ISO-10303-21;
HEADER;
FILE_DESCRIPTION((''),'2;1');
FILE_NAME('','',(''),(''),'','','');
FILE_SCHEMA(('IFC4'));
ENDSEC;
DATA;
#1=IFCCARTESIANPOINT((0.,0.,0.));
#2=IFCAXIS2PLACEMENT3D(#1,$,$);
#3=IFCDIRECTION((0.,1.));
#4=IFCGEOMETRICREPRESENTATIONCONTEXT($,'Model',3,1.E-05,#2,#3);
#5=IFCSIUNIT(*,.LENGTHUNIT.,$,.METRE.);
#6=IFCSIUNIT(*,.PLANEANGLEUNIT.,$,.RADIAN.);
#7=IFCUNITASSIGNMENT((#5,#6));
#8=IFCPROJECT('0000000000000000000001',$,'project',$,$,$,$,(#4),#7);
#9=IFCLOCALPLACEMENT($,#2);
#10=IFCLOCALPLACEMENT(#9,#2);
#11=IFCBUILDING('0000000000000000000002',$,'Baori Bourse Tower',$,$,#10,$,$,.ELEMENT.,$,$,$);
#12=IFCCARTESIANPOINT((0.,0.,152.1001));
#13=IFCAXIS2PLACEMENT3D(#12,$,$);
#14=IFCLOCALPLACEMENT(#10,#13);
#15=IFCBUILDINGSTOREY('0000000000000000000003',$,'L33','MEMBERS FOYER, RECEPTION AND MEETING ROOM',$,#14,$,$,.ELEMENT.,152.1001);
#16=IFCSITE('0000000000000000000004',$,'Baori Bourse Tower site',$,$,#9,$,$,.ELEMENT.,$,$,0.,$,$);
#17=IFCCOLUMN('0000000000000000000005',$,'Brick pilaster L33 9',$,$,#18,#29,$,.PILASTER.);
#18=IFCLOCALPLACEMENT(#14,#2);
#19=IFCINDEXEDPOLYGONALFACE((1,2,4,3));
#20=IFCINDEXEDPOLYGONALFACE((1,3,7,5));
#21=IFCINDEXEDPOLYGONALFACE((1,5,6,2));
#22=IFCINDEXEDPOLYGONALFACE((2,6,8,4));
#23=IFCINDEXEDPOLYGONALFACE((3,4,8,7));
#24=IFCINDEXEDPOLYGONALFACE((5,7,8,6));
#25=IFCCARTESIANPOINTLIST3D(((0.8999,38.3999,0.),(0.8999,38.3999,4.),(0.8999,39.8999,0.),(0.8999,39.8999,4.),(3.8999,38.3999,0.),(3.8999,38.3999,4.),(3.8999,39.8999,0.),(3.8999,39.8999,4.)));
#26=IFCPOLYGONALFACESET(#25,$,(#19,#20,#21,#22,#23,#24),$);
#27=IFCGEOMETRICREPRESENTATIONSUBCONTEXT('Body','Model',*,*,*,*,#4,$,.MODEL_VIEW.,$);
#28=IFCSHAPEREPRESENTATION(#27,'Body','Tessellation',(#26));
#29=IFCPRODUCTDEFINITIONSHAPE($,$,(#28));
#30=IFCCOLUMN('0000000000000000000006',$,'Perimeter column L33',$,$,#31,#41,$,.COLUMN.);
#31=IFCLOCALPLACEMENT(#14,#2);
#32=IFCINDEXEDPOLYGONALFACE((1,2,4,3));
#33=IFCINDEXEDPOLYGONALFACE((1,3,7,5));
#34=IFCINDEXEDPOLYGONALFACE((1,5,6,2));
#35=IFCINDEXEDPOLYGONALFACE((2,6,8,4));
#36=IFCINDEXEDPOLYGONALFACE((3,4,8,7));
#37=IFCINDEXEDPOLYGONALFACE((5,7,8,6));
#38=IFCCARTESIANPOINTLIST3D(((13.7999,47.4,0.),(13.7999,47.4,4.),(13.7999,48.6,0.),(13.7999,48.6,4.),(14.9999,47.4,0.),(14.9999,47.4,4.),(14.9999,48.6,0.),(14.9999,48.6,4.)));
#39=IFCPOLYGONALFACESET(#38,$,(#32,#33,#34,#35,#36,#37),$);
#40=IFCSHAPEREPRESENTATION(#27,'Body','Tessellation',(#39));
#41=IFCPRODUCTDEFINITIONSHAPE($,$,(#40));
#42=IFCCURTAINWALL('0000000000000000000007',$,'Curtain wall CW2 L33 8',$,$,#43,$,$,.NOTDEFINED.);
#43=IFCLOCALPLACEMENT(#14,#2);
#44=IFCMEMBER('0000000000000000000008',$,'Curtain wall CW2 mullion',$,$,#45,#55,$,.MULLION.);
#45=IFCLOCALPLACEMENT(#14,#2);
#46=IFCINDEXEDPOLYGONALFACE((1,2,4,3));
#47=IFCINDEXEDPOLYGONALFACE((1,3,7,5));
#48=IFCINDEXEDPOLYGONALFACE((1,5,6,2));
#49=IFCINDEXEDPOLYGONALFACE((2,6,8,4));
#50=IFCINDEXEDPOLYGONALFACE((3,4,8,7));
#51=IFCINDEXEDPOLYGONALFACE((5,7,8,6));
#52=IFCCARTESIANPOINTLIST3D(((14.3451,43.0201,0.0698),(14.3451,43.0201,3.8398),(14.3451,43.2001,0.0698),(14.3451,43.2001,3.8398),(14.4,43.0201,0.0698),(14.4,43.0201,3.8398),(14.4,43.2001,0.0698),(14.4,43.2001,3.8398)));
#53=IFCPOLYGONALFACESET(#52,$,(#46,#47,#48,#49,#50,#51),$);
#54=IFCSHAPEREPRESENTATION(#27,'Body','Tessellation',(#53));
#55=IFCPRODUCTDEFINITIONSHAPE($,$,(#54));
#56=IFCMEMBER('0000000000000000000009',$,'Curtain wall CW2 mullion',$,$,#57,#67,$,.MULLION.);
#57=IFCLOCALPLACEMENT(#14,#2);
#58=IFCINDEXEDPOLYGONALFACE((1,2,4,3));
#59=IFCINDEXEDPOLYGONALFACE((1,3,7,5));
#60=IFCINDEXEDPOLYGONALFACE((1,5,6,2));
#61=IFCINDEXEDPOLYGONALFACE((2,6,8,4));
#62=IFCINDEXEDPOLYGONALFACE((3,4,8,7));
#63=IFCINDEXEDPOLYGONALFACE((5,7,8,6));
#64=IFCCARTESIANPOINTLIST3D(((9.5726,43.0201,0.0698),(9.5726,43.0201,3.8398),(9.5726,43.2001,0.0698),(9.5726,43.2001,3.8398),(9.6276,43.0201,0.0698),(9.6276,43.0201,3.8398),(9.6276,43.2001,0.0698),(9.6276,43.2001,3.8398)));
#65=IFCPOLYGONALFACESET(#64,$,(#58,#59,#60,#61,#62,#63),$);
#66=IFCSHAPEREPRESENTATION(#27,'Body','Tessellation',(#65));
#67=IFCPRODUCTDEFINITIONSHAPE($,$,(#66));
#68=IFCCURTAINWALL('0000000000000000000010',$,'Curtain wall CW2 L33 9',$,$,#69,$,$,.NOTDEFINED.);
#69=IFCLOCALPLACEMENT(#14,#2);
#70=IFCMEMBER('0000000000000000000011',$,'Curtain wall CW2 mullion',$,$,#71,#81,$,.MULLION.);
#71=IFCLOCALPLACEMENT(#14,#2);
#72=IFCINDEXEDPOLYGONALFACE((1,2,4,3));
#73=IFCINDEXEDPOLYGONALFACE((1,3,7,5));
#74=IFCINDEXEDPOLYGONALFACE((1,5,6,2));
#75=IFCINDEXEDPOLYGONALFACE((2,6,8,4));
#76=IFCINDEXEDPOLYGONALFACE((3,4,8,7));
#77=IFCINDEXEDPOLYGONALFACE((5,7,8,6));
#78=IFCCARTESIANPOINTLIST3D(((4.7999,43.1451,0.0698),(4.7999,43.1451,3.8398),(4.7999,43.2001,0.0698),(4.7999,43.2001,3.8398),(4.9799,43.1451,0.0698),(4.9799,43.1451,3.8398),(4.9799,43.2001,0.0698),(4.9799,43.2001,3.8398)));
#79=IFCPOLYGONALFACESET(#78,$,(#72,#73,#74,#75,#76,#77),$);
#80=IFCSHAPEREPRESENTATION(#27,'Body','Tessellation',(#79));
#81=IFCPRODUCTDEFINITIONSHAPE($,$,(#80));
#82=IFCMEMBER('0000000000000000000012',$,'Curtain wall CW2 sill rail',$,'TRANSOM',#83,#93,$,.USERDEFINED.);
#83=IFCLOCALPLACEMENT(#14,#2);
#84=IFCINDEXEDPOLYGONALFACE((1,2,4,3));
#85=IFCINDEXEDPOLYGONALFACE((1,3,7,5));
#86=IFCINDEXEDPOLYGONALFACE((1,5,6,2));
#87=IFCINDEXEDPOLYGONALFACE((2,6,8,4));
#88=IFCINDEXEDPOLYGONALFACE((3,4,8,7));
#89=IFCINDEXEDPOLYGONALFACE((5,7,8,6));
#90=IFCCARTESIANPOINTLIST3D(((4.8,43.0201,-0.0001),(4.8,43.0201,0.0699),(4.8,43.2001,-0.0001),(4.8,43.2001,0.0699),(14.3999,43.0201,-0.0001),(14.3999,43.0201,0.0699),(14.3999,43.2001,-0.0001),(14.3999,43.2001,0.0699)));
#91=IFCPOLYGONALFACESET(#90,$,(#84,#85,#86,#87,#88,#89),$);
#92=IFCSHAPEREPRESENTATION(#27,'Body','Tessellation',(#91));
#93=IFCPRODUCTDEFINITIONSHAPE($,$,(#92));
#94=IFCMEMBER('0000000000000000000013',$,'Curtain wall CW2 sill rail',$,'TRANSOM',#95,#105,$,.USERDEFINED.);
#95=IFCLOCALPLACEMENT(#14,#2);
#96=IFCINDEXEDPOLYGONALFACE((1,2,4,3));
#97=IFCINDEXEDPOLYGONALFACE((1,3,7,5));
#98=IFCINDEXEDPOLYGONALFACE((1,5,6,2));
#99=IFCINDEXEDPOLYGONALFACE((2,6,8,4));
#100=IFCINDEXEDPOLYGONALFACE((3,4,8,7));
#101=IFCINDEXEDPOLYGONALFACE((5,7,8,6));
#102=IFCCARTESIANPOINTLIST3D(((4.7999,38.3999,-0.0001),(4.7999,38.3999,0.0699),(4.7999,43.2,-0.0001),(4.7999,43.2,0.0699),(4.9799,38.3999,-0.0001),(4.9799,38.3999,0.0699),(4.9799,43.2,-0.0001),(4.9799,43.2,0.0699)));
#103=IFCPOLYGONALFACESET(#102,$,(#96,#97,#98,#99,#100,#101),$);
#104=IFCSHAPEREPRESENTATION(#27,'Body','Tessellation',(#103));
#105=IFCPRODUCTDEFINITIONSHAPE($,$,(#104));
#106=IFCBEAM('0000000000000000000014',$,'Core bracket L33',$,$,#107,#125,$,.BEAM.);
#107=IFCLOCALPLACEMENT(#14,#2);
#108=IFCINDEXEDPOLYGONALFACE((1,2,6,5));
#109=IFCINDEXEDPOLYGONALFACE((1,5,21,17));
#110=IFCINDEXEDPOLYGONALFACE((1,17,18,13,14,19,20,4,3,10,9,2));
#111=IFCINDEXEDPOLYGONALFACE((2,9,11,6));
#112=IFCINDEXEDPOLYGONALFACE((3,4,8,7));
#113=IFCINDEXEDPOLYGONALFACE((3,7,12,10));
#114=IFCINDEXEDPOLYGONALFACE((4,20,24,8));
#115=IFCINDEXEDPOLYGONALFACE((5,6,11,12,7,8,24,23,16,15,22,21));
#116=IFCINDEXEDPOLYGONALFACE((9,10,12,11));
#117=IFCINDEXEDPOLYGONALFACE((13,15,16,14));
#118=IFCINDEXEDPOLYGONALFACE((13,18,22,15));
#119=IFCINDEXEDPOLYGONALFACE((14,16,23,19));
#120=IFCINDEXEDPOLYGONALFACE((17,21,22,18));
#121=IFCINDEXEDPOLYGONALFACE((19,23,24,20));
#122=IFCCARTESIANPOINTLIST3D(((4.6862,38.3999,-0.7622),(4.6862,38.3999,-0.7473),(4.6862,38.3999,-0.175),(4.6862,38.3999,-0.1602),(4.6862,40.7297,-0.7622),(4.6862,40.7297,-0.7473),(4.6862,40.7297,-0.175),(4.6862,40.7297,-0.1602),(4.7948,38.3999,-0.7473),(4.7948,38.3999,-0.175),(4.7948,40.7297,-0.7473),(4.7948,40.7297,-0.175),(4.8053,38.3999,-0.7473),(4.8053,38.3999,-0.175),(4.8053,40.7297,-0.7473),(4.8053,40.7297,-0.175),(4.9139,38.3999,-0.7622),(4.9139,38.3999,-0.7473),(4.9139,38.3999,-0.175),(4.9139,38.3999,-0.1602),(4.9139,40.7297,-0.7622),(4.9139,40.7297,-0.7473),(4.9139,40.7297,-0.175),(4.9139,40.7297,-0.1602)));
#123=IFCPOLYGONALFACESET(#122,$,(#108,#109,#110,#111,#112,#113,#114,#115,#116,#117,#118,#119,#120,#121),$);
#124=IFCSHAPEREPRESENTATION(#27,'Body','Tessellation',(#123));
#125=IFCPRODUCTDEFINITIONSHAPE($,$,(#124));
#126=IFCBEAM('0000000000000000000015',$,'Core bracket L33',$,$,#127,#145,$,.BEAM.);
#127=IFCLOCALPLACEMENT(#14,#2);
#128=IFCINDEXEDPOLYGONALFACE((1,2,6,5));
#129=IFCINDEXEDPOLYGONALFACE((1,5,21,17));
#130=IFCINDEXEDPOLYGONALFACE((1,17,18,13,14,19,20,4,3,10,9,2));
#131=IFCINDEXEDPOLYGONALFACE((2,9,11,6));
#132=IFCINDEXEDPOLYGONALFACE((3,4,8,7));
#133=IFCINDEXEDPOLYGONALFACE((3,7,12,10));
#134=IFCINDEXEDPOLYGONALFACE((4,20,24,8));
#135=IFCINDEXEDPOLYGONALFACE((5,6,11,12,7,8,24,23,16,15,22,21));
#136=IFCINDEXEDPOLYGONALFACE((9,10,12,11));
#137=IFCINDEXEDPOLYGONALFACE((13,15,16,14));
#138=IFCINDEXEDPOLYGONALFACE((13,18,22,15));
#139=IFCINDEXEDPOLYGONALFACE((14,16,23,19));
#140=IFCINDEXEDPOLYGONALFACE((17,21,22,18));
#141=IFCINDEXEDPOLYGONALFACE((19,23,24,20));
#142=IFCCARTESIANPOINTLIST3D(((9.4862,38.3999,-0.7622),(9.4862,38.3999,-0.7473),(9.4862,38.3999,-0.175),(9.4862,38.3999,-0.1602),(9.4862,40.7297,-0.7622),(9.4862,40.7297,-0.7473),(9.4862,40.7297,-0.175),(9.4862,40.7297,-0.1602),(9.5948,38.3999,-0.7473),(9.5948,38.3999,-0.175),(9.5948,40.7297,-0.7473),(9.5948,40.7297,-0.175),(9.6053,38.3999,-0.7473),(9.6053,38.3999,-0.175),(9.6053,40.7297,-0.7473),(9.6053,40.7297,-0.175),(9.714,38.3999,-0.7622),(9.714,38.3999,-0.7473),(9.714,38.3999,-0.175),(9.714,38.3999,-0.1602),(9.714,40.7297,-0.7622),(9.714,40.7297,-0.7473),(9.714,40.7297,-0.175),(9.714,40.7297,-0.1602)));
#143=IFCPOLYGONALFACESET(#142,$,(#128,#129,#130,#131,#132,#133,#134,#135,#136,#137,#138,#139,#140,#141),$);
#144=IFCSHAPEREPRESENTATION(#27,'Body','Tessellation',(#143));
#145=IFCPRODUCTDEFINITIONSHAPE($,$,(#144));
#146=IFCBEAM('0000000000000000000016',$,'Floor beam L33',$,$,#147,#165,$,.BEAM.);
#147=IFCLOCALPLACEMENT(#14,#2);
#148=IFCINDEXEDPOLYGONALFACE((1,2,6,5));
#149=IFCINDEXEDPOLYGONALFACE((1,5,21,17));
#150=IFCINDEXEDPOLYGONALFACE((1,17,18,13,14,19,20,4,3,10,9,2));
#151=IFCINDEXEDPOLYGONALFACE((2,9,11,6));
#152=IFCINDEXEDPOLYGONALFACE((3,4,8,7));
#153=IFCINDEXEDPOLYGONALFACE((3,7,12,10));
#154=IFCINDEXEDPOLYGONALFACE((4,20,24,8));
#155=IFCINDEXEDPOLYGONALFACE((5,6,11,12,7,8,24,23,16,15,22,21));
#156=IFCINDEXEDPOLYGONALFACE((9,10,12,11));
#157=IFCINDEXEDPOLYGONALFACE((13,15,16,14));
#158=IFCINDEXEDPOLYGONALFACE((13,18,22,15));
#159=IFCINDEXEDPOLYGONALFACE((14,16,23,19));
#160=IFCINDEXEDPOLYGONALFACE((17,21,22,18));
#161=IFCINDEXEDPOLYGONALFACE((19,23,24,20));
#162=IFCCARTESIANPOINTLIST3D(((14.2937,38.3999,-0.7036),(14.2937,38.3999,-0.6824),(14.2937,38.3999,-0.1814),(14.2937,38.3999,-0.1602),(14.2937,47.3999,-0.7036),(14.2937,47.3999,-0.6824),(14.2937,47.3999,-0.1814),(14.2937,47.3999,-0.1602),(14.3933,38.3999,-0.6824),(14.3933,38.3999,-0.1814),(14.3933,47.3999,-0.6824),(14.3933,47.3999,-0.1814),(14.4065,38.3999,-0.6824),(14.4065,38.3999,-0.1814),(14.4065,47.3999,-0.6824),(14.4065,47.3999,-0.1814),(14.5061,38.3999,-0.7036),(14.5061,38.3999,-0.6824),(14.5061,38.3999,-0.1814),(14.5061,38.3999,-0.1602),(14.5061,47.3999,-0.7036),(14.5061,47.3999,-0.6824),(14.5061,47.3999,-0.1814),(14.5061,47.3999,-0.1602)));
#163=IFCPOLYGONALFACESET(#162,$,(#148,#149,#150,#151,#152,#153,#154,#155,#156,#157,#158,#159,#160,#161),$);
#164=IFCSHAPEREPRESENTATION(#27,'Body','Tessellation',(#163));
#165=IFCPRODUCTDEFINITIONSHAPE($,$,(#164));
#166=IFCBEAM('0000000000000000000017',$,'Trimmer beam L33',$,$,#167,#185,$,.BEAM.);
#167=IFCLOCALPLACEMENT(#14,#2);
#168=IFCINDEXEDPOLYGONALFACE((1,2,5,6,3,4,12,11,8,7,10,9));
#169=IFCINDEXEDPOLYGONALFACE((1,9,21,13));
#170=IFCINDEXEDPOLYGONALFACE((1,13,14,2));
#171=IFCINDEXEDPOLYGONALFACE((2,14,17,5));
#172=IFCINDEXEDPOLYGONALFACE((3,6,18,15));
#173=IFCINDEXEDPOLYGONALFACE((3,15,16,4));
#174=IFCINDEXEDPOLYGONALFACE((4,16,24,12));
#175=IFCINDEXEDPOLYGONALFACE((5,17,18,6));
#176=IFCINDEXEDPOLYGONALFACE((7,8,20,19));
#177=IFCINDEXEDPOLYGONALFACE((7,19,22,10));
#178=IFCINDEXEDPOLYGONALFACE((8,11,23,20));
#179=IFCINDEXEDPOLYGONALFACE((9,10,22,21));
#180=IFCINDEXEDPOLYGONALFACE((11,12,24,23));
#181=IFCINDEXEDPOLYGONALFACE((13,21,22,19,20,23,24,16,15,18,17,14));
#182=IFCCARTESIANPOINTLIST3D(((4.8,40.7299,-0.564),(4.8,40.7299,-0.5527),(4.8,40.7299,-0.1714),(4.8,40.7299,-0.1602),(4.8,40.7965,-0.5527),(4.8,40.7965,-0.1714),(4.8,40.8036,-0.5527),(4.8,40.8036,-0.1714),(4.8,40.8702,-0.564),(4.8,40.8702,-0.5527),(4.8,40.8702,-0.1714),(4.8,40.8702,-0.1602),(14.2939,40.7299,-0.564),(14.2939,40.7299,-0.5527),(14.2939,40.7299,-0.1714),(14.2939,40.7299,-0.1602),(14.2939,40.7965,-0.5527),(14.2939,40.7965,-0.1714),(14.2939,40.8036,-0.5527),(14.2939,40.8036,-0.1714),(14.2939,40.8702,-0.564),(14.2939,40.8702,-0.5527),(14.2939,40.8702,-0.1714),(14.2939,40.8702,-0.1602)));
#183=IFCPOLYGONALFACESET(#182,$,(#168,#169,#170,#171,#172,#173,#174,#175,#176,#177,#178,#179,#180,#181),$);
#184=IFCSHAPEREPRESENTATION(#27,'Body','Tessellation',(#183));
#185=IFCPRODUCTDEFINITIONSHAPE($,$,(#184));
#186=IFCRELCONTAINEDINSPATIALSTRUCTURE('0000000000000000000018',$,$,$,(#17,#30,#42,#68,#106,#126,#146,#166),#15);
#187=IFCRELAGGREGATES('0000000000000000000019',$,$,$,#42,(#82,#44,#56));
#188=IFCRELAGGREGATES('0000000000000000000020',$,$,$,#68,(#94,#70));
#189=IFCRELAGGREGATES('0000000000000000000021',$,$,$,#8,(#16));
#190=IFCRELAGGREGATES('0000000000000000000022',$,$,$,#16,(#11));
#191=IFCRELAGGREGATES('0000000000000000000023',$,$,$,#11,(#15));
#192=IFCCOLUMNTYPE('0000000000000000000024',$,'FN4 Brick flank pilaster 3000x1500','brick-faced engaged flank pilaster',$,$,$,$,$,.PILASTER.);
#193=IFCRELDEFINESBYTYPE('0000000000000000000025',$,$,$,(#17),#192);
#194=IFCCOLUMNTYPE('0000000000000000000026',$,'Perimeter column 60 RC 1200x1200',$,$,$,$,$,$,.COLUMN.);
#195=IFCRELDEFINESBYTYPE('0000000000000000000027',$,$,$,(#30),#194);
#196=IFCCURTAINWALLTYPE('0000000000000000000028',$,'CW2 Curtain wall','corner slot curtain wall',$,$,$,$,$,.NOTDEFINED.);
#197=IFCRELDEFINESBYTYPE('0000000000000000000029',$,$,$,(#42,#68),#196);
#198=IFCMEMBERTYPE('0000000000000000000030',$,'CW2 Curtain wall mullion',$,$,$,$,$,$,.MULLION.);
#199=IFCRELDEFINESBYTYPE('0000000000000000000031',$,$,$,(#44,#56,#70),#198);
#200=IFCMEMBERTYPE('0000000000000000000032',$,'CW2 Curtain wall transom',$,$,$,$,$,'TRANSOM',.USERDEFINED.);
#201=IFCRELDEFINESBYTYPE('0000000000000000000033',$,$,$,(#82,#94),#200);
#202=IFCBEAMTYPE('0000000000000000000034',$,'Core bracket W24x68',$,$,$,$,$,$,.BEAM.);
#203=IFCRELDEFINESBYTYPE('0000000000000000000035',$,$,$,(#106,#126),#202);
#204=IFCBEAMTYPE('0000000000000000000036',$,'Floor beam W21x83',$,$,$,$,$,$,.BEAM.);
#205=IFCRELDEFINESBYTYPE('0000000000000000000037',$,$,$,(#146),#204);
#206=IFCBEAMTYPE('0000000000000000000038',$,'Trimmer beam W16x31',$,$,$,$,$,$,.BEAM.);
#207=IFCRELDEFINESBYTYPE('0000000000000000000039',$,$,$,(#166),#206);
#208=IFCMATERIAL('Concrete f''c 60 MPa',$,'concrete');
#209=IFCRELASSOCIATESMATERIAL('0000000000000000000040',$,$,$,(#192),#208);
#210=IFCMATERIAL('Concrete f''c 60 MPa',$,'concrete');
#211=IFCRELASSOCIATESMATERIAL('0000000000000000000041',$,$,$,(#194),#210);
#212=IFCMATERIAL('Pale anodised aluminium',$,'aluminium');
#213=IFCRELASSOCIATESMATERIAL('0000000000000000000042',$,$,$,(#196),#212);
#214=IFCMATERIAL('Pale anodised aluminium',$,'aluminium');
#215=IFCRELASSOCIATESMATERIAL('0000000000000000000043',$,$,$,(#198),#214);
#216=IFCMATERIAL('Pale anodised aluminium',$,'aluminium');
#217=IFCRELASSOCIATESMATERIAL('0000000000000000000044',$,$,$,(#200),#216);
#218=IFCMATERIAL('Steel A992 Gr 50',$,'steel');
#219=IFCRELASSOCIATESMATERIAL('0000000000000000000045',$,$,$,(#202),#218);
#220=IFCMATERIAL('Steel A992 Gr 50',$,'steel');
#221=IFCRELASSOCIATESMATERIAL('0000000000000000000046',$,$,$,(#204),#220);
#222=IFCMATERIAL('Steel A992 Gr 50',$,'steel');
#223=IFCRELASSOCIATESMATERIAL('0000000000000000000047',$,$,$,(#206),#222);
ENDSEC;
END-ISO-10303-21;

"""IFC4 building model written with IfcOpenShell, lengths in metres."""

from ifc_helpers import new_model, si_unit, direction, frame, origin, origin_2d, place, context, subcontext, project, spatial, rectangle, i_section, extrude, material, material_profile, profile_set, type_object, element, aggregate, save


model = new_model("IFC4")

# Units and contexts
model_context = context("Model", 3, precision=1e-05, world=origin(), true_north=direction((0.0, 1.0)))
body_context = subcontext(model_context, "Body", "Model", "MODEL_VIEW")
ifc_project = project(units=[si_unit("LENGTHUNIT", "METRE"), si_unit("PLANEANGLEUNIT", "RADIAN")], contexts=[model_context])

# Site, building, storey
site_placement = place(None, origin())
site = spatial("IfcSite", under=ifc_project, at=site_placement, Name="Baori Bourse Tower site", CompositionType="ELEMENT", RefElevation=0.0)
building_placement = place(site_placement, origin())
building = spatial("IfcBuilding", under=site, at=building_placement, Name="Baori Bourse Tower", CompositionType="ELEMENT")
storey_placement = place(building_placement, frame((0.0, 0.0, 152.1001)))
storey = spatial("IfcBuildingStorey", under=building, at=storey_placement, Name="L33", Description="MEMBERS FOYER, RECEPTION AND MEETING ROOM", CompositionType="ELEMENT", Elevation=152.1001)

# Columns
ifc_material_1 = material(Name="Concrete f'c 60 MPa", Category="concrete")
ifc_material_profile_1 = material_profile(ifc_material_1, rectangle(XDim=3.0, YDim=1.5, at=origin_2d()), Name="RC 3000x1500")
ifc_profile_set_1 = profile_set([ifc_material_profile_1], Name="Concrete f'c 60 MPa")
column_type_1 = type_object("IfcColumnType", Name="FN4 Brick flank pilaster 3000x1500", Description="brick-faced engaged flank pilaster", PredefinedType="PILASTER", material=ifc_profile_set_1)
column_1_placement = place(storey_placement, frame((2.3999, 39.1499, 0.0), z_axis=(0.0, 0.0, 1.0), x_axis=(1.0, 0.0, 0.0)))
element("IfcColumn", 1, at=column_1_placement, inside=storey, type_object=column_type_1, Name="Brick pilaster L33 9", PredefinedType="PILASTER", context=body_context, shape_type="SweptSolid", body=[
    extrude(rectangle(XDim=3.0, YDim=1.5, at=origin_2d()), origin(), (0.0, 0.0, 1.0), 4.0),
])
ifc_material_2 = material(Name="Concrete f'c 60 MPa", Category="concrete")
ifc_material_profile_2 = material_profile(ifc_material_2, rectangle(XDim=1.2, YDim=1.2, at=origin_2d()), Name="RC 1200x1200")
ifc_profile_set_2 = profile_set([ifc_material_profile_2], Name="Concrete f'c 60 MPa")
column_type_2 = type_object("IfcColumnType", Name="Perimeter column 60 RC 1200x1200", PredefinedType="COLUMN", material=ifc_profile_set_2)
column_2_placement = place(storey_placement, frame((14.3999, 48.0, 0.0), z_axis=(0.0, 0.0, 1.0), x_axis=(1.0, 0.0, 0.0)))
element("IfcColumn", 2, at=column_2_placement, inside=storey, type_object=column_type_2, Name="Perimeter column L33", PredefinedType="COLUMN", context=body_context, shape_type="SweptSolid", body=[
    extrude(rectangle(XDim=1.2, YDim=1.2, at=origin_2d()), origin(), (0.0, 0.0, 1.0), 4.0),
])

# Curtain wall, members
ifc_material_3 = material(Name="Pale anodised aluminium", Category="aluminium")
curtain_wall_type = type_object("IfcCurtainWallType", Name="CW2 Curtain wall", Description="corner slot curtain wall", PredefinedType="NOTDEFINED", material=ifc_material_3)
curtain_wall_1_placement = place(storey_placement, origin())
curtain_wall_1 = element("IfcCurtainWall", 3, at=curtain_wall_1_placement, inside=storey, type_object=curtain_wall_type, Name="Curtain wall CW2 L33 8", PredefinedType="NOTDEFINED")
ifc_material_4 = material(Name="Pale anodised aluminium", Category="aluminium")
ifc_material_profile_3 = material_profile(ifc_material_4, rectangle(XDim=0.1799, YDim=0.0549, at=origin_2d()), Name="Mullion 55x180")
ifc_profile_set_3 = profile_set([ifc_material_profile_3], Name="Pale anodised aluminium")
member_type_1 = type_object("IfcMemberType", Name="CW2 Curtain wall mullion", PredefinedType="MULLION", material=ifc_profile_set_3)
member_1_placement = place(storey_placement, frame((14.3726, 43.1101, 0.0698), z_axis=(0.0, 0.0, 1.0), x_axis=(0.0, -1.0, 0.0)))
member_1 = element("IfcMember", 4, at=member_1_placement, type_object=member_type_1, Name="Curtain wall CW2 mullion", PredefinedType="MULLION", context=body_context, shape_type="SweptSolid", body=[
    extrude(rectangle(XDim=0.1799, YDim=0.0549, at=origin_2d()), origin(), (0.0, 0.0, 1.0), 3.77),
])
member_2_placement = place(storey_placement, frame((9.6001, 43.1101, 0.0698), z_axis=(0.0, 0.0, 1.0), x_axis=(0.0, -1.0, 0.0)))
member_2 = element("IfcMember", 5, at=member_2_placement, type_object=member_type_1, Name="Curtain wall CW2 mullion", PredefinedType="MULLION", context=body_context, shape_type="SweptSolid", body=[
    extrude(rectangle(XDim=0.1799, YDim=0.0549, at=origin_2d()), origin(), (0.0, 0.0, 1.0), 3.77),
])

# Curtain wall, member
curtain_wall_2_placement = place(storey_placement, origin())
curtain_wall_2 = element("IfcCurtainWall", 6, at=curtain_wall_2_placement, inside=storey, type_object=curtain_wall_type, Name="Curtain wall CW2 L33 9", PredefinedType="NOTDEFINED")
member_3_placement = place(storey_placement, frame((4.8899, 43.1726, 0.0698), z_axis=(0.0, 0.0, 1.0), x_axis=(1.0, 0.0, 0.0)))
member_3 = element("IfcMember", 7, at=member_3_placement, type_object=member_type_1, Name="Curtain wall CW2 mullion", PredefinedType="MULLION", context=body_context, shape_type="SweptSolid", body=[
    extrude(rectangle(XDim=0.1799, YDim=0.0549, at=origin_2d()), origin(), (0.0, 0.0, 1.0), 3.77),
])

# Members
ifc_material_5 = material(Name="Pale anodised aluminium", Category="aluminium")
ifc_material_profile_4 = material_profile(ifc_material_5, rectangle(XDim=0.1799, YDim=0.0701, at=origin_2d()), Name="Transom 70x180")
ifc_profile_set_4 = profile_set([ifc_material_profile_4], Name="Pale anodised aluminium")
member_type_2 = type_object("IfcMemberType", Name="CW2 Curtain wall transom", ElementType="TRANSOM", PredefinedType="USERDEFINED", material=ifc_profile_set_4)
member_4_placement = place(storey_placement, frame((14.3999, 43.1101, 0.0349), z_axis=(-1.0, 0.0, 0.0), x_axis=(0.0, -1.0, 0.0)))
member_4 = element("IfcMember", 8, at=member_4_placement, type_object=member_type_2, Name="Curtain wall CW2 sill rail", ObjectType="TRANSOM", PredefinedType="USERDEFINED", context=body_context, shape_type="SweptSolid", body=[
    extrude(rectangle(XDim=0.1799, YDim=0.0701, at=origin_2d()), origin(), (0.0, 0.0, 1.0), 9.5999),
])
member_5_placement = place(storey_placement, frame((4.8899, 43.2, 0.0349), z_axis=(0.0, -1.0, 0.0), x_axis=(1.0, 0.0, 0.0)))
member_5 = element("IfcMember", 9, at=member_5_placement, type_object=member_type_2, Name="Curtain wall CW2 sill rail", ObjectType="TRANSOM", PredefinedType="USERDEFINED", context=body_context, shape_type="SweptSolid", body=[
    extrude(rectangle(XDim=0.1799, YDim=0.0701, at=origin_2d()), origin(), (0.0, 0.0, 1.0), 4.8),
])

# Beams
ifc_material_6 = material(Name="Steel A992 Gr 50", Category="steel")
ifc_material_profile_5 = material_profile(ifc_material_6, i_section(OverallWidth=0.2278, OverallDepth=0.6021, WebThickness=0.0105, FlangeThickness=0.0149, at=origin_2d()), Name="W24x68")
ifc_profile_set_5 = profile_set([ifc_material_profile_5], Name="Steel A992 Gr 50")
beam_type_1 = type_object("IfcBeamType", Name="Core bracket W24x68", PredefinedType="BEAM", material=ifc_profile_set_5)
for number, where, z_axis, x_axis, name in (
    (10, (4.8, 38.3999, -0.4612), (0.0, 1.0, 0.0), (-1.0, 0.0, 0.0), "Core bracket L33"),
    (11, (9.6001, 38.3999, -0.4612), (0.0, 1.0, 0.0), (-1.0, 0.0, 0.0), "Core bracket L33"),
):
    element("IfcBeam", number, at=place(storey_placement, frame(where, z_axis=z_axis, x_axis=x_axis)), inside=storey, type_object=beam_type_1, Name=name, PredefinedType="BEAM", context=body_context, shape_type="SweptSolid", body=[
        extrude(i_section(OverallWidth=0.2278, OverallDepth=0.6021, WebThickness=0.0105, FlangeThickness=0.0149, at=origin_2d()), origin(), (0.0, 0.0, 1.0), 2.3298),
    ])
ifc_material_7 = material(Name="Steel A992 Gr 50", Category="steel")
ifc_material_profile_6 = material_profile(ifc_material_7, i_section(OverallWidth=0.2124, OverallDepth=0.5435, WebThickness=0.0132, FlangeThickness=0.0212, at=origin_2d()), Name="W21x83")
ifc_profile_set_6 = profile_set([ifc_material_profile_6], Name="Steel A992 Gr 50")
beam_type_2 = type_object("IfcBeamType", Name="Floor beam W21x83", PredefinedType="BEAM", material=ifc_profile_set_6)
beam_1_placement = place(storey_placement, frame((14.3999, 38.3999, -0.4319), z_axis=(0.0, 1.0, 0.0), x_axis=(-1.0, 0.0, 0.0)))
element("IfcBeam", 12, at=beam_1_placement, inside=storey, type_object=beam_type_2, Name="Floor beam L33", PredefinedType="BEAM", context=body_context, shape_type="SweptSolid", body=[
    extrude(i_section(OverallWidth=0.2124, OverallDepth=0.5435, WebThickness=0.0132, FlangeThickness=0.0212, at=origin_2d()), origin(), (0.0, 0.0, 1.0), 9.0),
])
ifc_material_8 = material(Name="Steel A992 Gr 50", Category="steel")
ifc_material_profile_7 = material_profile(ifc_material_8, i_section(OverallWidth=0.1404, OverallDepth=0.4038, WebThickness=0.0071, FlangeThickness=0.0112, at=origin_2d()), Name="W16x31")
ifc_profile_set_7 = profile_set([ifc_material_profile_7], Name="Steel A992 Gr 50")
beam_type_3 = type_object("IfcBeamType", Name="Trimmer beam W16x31", PredefinedType="BEAM", material=ifc_profile_set_7)
beam_2_placement = place(storey_placement, frame((4.8, 40.8, -0.3621), z_axis=(1.0, 0.0, 0.0), x_axis=(0.0, 1.0, 0.0)))
element("IfcBeam", 13, at=beam_2_placement, inside=storey, type_object=beam_type_3, Name="Trimmer beam L33", PredefinedType="BEAM", context=body_context, shape_type="SweptSolid", body=[
    extrude(i_section(OverallWidth=0.1404, OverallDepth=0.4038, WebThickness=0.0071, FlangeThickness=0.0112, at=origin_2d()), origin(), (0.0, 0.0, 1.0), 9.4939),
])

aggregate(curtain_wall_1, [member_4, member_1, member_2])
aggregate(curtain_wall_2, [member_5, member_3])

save(model, "model.ifc")
